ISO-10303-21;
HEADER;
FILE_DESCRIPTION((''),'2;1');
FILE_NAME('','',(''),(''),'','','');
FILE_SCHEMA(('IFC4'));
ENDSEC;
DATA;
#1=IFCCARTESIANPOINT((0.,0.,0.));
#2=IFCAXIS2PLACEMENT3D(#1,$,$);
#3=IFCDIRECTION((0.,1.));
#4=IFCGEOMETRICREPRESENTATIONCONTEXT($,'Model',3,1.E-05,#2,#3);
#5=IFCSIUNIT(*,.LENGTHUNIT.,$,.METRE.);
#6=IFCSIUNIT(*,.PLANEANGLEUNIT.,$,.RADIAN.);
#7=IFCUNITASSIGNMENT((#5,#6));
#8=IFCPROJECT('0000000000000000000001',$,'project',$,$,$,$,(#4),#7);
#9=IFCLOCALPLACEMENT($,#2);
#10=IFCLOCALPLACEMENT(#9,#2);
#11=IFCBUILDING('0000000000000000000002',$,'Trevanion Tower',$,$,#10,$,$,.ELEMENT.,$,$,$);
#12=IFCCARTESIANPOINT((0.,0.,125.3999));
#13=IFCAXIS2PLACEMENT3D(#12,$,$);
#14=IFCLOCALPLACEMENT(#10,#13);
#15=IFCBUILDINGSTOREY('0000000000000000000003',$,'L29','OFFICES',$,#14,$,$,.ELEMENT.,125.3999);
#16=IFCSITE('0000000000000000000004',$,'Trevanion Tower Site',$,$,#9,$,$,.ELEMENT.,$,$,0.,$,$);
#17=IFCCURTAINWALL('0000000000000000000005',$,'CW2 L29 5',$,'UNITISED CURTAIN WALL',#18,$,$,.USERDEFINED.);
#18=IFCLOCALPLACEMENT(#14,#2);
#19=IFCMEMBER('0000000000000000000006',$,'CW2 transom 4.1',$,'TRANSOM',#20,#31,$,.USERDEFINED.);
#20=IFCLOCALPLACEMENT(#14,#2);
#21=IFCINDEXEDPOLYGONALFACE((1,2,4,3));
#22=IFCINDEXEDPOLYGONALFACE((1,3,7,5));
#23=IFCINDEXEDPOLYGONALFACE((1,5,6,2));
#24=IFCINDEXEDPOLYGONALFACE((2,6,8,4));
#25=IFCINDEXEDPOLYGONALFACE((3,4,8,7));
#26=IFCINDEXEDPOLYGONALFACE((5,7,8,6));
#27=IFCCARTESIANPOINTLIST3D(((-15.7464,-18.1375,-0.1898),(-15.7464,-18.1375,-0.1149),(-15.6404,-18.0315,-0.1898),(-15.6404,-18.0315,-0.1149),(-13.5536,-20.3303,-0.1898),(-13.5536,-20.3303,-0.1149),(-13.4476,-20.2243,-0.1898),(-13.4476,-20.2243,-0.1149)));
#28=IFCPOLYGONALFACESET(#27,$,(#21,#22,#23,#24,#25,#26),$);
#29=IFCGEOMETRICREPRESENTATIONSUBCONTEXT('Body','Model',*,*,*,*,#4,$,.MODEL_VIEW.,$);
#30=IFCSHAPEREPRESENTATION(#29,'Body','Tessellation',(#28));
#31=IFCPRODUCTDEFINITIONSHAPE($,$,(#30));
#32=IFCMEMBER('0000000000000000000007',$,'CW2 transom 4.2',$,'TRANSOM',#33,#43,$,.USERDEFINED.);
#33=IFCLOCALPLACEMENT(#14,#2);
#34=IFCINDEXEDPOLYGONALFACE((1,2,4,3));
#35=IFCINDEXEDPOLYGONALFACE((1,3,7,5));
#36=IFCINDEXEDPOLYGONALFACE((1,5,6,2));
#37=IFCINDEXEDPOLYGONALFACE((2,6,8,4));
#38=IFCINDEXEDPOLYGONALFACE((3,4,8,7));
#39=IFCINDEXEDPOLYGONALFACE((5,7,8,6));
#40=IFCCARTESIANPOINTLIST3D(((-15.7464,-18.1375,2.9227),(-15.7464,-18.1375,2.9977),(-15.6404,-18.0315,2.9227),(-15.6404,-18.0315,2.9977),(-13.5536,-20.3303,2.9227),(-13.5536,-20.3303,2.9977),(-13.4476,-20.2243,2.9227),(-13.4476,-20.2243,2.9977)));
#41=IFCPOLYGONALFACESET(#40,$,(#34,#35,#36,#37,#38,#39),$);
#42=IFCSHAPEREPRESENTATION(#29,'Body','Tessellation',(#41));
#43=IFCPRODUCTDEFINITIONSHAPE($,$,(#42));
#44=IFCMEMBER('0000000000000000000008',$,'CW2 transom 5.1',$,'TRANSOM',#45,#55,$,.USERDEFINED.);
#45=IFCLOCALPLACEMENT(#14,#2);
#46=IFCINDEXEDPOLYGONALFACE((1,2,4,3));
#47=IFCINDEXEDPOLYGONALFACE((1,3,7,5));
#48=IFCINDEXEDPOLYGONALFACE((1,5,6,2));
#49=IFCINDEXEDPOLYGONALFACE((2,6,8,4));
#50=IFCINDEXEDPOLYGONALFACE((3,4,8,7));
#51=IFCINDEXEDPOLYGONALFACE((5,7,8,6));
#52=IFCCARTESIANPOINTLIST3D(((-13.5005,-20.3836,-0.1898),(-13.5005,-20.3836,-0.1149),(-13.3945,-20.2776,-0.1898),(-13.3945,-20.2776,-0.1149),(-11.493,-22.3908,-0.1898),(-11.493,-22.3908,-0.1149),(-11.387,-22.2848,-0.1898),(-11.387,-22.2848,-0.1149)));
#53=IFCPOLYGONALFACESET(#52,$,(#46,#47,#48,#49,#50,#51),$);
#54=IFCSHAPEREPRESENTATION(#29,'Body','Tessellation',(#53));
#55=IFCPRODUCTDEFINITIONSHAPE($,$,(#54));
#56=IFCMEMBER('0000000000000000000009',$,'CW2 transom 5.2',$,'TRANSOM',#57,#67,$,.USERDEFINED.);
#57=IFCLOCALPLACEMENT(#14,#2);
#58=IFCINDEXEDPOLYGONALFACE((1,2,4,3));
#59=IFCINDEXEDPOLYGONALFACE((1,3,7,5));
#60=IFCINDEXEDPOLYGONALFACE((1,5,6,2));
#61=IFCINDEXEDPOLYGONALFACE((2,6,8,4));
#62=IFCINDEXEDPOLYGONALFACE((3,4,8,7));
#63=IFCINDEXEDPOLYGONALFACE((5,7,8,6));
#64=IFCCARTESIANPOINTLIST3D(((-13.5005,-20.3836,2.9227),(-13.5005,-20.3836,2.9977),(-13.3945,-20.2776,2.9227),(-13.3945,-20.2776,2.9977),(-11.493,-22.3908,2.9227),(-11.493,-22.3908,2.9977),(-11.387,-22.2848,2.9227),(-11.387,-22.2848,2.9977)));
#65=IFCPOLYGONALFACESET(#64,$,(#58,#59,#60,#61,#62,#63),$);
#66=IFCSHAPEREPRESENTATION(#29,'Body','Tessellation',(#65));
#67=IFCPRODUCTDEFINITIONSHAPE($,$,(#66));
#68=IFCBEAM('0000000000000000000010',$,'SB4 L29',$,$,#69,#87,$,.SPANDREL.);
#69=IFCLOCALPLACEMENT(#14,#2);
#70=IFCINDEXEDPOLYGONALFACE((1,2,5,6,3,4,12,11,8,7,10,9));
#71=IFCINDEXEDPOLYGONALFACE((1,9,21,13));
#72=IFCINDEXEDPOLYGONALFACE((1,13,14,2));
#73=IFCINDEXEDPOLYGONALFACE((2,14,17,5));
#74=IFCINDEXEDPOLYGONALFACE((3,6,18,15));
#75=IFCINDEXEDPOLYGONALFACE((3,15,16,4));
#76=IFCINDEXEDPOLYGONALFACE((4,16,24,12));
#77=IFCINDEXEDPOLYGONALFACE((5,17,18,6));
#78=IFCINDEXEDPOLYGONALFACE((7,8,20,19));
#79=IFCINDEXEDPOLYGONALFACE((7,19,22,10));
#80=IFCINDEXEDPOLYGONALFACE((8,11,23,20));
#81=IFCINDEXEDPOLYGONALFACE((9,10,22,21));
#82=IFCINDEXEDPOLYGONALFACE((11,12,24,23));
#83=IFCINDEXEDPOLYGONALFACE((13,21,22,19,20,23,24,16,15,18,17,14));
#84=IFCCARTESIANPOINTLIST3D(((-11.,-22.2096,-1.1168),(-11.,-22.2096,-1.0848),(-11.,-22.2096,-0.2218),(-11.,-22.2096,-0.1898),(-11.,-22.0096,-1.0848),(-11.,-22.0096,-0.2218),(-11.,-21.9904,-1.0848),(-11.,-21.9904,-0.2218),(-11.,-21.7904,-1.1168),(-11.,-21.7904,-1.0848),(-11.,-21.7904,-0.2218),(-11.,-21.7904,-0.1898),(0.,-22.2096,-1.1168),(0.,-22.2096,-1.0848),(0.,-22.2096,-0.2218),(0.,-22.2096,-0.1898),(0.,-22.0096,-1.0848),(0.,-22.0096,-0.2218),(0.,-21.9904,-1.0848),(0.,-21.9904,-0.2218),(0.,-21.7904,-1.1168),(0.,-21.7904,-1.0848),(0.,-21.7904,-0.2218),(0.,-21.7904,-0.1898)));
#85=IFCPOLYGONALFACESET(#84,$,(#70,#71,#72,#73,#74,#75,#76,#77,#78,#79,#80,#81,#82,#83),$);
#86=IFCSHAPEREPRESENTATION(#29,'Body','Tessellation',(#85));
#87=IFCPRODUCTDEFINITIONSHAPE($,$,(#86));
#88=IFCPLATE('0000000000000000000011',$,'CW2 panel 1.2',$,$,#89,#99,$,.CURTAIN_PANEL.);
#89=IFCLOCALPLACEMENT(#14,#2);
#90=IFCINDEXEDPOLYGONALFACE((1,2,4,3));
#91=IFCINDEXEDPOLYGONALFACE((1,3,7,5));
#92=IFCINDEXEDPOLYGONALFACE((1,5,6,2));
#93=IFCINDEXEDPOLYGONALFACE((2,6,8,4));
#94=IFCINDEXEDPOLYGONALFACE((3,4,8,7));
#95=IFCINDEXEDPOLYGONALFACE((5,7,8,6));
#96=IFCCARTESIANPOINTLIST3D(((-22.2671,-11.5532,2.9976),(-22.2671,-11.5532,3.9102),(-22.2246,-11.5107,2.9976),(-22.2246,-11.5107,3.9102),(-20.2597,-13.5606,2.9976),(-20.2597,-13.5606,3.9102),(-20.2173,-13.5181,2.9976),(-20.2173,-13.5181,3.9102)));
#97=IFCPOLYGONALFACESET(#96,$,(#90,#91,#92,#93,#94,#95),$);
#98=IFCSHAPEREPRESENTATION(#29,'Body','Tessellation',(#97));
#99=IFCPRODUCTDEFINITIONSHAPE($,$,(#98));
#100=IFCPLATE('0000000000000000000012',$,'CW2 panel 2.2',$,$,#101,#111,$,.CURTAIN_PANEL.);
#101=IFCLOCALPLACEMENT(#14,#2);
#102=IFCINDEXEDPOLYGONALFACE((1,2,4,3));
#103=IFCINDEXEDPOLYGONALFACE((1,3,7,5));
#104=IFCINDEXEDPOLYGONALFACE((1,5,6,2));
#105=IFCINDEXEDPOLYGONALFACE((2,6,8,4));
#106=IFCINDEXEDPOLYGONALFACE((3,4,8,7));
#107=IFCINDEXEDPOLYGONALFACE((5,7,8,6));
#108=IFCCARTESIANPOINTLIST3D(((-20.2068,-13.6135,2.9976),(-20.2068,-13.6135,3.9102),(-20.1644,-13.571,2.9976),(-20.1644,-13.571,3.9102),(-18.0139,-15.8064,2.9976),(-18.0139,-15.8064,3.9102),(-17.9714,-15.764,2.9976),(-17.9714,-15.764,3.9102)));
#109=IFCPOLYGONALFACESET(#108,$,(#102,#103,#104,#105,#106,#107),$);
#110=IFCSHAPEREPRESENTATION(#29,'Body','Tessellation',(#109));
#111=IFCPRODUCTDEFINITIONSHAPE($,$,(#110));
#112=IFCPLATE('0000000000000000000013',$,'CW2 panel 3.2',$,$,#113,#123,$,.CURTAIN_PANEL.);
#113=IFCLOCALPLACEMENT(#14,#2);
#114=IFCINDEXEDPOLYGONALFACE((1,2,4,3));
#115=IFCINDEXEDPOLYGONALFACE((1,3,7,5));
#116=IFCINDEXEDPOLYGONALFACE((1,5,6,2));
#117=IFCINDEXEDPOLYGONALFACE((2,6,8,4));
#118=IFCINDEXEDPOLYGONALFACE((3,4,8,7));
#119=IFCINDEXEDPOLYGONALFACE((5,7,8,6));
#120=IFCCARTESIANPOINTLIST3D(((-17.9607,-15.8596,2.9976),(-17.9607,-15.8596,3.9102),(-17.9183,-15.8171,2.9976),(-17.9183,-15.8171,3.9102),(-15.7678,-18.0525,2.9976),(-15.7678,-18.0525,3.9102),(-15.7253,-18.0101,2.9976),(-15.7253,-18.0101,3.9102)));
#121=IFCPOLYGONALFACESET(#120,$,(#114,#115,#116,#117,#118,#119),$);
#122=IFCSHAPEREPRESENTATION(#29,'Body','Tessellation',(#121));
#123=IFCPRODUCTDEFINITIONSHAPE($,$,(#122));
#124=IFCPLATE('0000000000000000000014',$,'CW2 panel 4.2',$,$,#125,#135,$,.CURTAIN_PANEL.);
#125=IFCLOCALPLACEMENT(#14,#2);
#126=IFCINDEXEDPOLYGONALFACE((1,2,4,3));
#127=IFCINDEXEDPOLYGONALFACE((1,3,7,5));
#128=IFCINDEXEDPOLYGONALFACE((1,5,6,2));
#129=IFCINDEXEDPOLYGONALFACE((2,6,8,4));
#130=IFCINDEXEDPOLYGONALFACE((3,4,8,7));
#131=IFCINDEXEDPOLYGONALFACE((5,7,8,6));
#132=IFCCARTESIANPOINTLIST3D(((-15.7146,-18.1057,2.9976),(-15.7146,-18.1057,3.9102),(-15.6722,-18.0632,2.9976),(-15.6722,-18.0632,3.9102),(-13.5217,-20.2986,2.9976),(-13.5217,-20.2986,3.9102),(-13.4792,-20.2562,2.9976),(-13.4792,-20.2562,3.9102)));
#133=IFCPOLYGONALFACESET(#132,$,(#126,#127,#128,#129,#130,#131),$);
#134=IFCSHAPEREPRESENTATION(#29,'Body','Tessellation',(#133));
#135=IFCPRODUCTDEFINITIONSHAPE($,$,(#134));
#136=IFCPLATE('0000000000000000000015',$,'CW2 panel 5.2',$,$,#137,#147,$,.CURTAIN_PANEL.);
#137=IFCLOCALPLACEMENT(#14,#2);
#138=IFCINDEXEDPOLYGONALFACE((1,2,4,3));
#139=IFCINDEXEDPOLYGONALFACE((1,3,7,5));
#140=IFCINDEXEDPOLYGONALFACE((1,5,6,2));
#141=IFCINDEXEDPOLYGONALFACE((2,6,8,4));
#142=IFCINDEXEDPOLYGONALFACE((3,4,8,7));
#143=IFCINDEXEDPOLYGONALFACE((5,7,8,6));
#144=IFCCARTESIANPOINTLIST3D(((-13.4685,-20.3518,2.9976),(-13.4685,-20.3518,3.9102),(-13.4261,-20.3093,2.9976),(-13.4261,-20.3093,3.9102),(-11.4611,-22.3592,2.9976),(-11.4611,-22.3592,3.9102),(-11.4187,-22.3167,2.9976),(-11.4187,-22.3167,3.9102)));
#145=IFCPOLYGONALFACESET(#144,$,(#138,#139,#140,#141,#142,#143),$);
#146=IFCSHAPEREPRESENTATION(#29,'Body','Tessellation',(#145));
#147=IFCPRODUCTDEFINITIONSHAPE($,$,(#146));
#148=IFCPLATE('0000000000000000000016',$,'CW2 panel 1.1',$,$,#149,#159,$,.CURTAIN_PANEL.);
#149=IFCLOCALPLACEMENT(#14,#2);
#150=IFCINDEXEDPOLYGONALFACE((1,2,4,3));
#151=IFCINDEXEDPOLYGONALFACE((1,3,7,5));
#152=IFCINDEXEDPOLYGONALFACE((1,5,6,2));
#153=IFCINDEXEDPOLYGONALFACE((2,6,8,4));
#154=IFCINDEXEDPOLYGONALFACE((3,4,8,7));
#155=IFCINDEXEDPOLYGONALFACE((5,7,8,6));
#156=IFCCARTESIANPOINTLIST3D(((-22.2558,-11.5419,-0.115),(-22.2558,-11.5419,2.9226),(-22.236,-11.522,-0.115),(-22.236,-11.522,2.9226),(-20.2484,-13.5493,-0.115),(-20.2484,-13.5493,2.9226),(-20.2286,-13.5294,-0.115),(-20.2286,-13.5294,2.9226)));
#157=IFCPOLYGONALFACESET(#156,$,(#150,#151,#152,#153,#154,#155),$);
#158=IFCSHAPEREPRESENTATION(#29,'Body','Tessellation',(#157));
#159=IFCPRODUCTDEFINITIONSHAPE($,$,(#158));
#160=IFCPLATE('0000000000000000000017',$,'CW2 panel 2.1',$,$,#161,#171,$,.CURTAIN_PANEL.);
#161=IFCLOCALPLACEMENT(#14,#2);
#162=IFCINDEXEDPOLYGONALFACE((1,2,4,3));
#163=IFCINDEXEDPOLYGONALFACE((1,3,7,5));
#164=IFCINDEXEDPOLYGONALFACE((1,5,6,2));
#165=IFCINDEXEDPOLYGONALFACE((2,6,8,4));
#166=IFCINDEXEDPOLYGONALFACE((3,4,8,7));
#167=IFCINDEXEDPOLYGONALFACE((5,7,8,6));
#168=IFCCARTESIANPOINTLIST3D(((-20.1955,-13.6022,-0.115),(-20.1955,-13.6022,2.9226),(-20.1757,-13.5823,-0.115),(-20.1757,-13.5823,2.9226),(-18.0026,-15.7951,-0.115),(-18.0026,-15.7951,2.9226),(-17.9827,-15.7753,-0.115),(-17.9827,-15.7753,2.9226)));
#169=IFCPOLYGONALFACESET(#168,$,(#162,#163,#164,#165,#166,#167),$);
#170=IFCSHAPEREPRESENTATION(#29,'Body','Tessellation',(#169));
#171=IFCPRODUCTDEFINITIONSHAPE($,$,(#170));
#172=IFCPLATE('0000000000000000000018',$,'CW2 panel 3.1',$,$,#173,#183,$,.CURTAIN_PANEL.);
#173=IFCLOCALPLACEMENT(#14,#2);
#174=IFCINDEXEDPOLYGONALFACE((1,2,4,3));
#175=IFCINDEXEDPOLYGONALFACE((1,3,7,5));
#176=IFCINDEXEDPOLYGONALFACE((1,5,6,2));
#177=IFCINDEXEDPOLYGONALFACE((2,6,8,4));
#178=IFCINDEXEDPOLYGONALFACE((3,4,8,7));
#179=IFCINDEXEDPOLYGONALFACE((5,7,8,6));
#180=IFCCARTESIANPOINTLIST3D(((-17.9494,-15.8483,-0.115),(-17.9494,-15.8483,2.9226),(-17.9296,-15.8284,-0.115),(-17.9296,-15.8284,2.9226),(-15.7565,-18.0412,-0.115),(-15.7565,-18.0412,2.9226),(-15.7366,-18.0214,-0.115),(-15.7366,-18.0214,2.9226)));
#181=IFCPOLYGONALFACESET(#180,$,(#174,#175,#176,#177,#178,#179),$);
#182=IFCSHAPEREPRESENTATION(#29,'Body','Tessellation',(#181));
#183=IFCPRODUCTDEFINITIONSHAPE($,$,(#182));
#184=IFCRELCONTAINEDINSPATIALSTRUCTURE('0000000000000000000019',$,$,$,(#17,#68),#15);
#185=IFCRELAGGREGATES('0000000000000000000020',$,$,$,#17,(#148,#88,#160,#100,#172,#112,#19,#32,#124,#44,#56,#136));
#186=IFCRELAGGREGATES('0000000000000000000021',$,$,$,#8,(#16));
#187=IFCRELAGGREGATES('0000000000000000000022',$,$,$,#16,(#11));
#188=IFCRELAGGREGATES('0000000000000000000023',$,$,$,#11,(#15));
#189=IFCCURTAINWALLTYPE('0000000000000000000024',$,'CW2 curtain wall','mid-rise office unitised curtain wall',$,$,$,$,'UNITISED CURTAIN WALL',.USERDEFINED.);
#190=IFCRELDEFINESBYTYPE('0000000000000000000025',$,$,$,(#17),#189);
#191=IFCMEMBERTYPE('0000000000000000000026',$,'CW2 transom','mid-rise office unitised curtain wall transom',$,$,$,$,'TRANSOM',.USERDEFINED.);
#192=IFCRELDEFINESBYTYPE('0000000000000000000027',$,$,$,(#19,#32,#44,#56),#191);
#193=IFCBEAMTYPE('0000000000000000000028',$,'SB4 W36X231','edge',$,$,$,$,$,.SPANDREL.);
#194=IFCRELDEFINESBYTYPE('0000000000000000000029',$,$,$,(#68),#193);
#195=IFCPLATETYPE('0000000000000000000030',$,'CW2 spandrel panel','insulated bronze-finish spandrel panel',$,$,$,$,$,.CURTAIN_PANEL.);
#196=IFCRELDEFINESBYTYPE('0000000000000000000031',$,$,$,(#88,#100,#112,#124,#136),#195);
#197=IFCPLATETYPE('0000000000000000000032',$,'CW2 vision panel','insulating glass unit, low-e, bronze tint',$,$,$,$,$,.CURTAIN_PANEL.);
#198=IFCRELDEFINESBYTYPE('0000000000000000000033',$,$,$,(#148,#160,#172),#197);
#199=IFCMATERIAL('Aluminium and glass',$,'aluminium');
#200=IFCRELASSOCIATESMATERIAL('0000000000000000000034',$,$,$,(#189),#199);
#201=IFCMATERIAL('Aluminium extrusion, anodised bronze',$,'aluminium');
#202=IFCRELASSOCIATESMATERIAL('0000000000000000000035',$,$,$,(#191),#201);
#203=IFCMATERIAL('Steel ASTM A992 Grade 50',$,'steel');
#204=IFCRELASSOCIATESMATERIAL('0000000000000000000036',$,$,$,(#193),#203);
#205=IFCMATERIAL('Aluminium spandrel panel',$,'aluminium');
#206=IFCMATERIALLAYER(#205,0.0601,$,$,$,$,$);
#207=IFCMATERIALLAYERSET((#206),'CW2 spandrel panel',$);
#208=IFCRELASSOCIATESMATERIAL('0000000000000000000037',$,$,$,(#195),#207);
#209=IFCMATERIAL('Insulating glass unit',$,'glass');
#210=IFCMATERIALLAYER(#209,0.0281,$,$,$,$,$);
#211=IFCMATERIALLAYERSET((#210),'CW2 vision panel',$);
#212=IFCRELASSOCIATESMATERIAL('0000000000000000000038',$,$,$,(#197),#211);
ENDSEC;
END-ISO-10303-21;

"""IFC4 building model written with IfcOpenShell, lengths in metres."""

from ifc_helpers import new_model, si_unit, direction, frame, origin, origin_2d, place, context, subcontext, project, spatial, rectangle, i_section, extrude, material, layer, layer_set, material_profile, profile_set, type_object, element, aggregate, save


model = new_model("IFC4")

# Units and contexts
model_context = context("Model", 3, precision=1e-05, world=origin(), true_north=direction((0.0, 1.0)))
body_context = subcontext(model_context, "Body", "Model", "MODEL_VIEW")
ifc_project = project(units=[si_unit("LENGTHUNIT", "METRE"), si_unit("PLANEANGLEUNIT", "RADIAN")], contexts=[model_context])

# Site, building, storey
site_placement = place(None, origin())
site = spatial("IfcSite", under=ifc_project, at=site_placement, Name="Trevanion Tower Site", CompositionType="ELEMENT", RefElevation=0.0)
building_placement = place(site_placement, origin())
building = spatial("IfcBuilding", under=site, at=building_placement, Name="Trevanion Tower", CompositionType="ELEMENT")
storey_placement = place(building_placement, frame((0.0, 0.0, 125.3999)))
storey = spatial("IfcBuildingStorey", under=building, at=storey_placement, Name="L29", Description="OFFICES", CompositionType="ELEMENT", Elevation=125.3999)

# Curtain wall, members
ifc_material_1 = material(Name="Aluminium and glass", Category="aluminium")
curtain_wall_type = type_object("IfcCurtainWallType", Name="CW2 curtain wall", Description="mid-rise office unitised curtain wall", ElementType="UNITISED CURTAIN WALL", PredefinedType="USERDEFINED", material=ifc_material_1)
curtain_wall_placement = place(storey_placement, origin())
curtain_wall = element("IfcCurtainWall", 1, at=curtain_wall_placement, inside=storey, type_object=curtain_wall_type, Name="CW2 L29 5", ObjectType="UNITISED CURTAIN WALL", PredefinedType="USERDEFINED")
ifc_material_2 = material(Name="Aluminium extrusion, anodised bronze", Category="aluminium")
ifc_material_profile_1 = material_profile(ifc_material_2, rectangle(XDim=0.1499, YDim=0.075, at=origin_2d()), Name="CW2 transom")
ifc_profile_set_1 = profile_set([ifc_material_profile_1], Name="Aluminium extrusion, anodised bronze")
member_type_1 = type_object("IfcMemberType", Name="CW2 transom", Description="mid-rise office unitised curtain wall transom", ElementType="TRANSOM", PredefinedType="USERDEFINED", material=ifc_profile_set_1)
member_1_placement = place(storey_placement, frame((-15.6934, -18.0845, -0.1523), z_axis=(0.707107, -0.707107, 0.0), x_axis=(0.707107, 0.707107, 0.0)))
member_1 = element("IfcMember", 2, at=member_1_placement, type_object=member_type_1, Name="CW2 transom 4.1", ObjectType="TRANSOM", PredefinedType="USERDEFINED", context=body_context, shape_type="SweptSolid", body=[
    extrude(rectangle(XDim=0.1499, YDim=0.075, at=origin_2d()), origin(), (0.0, 0.0, 1.0), 3.1011),
])
member_2_placement = place(storey_placement, frame((-15.6934, -18.0845, 2.9602), z_axis=(0.707107, -0.707107, 0.0), x_axis=(0.707107, 0.707107, 0.0)))
member_2 = element("IfcMember", 3, at=member_2_placement, type_object=member_type_1, Name="CW2 transom 4.2", ObjectType="TRANSOM", PredefinedType="USERDEFINED", context=body_context, shape_type="SweptSolid", body=[
    extrude(rectangle(XDim=0.1499, YDim=0.075, at=origin_2d()), origin(), (0.0, 0.0, 1.0), 3.1011),
])
member_3_placement = place(storey_placement, frame((-13.4475, -20.3306, -0.1523), z_axis=(0.70715, -0.707064, 0.0), x_axis=(0.707064, 0.70715, 0.0)))
member_3 = element("IfcMember", 4, at=member_3_placement, type_object=member_type_1, Name="CW2 transom 5.1", ObjectType="TRANSOM", PredefinedType="USERDEFINED", context=body_context, shape_type="SweptSolid", body=[
    extrude(rectangle(XDim=0.1499, YDim=0.075, at=origin_2d()), origin(), (0.0, 0.0, 1.0), 2.8389),
])
member_4_placement = place(storey_placement, frame((-13.4475, -20.3306, 2.9602), z_axis=(0.70715, -0.707064, 0.0), x_axis=(0.707064, 0.70715, 0.0)))
member_4 = element("IfcMember", 5, at=member_4_placement, type_object=member_type_1, Name="CW2 transom 5.2", ObjectType="TRANSOM", PredefinedType="USERDEFINED", context=body_context, shape_type="SweptSolid", body=[
    extrude(rectangle(XDim=0.1499, YDim=0.075, at=origin_2d()), origin(), (0.0, 0.0, 1.0), 2.8389),
])

# Beam
ifc_material_3 = material(Name="Steel ASTM A992 Grade 50", Category="steel")
ifc_material_profile_2 = material_profile(ifc_material_3, i_section(OverallWidth=0.4192, OverallDepth=0.927, WebThickness=0.0193, FlangeThickness=0.032, at=origin_2d()), Name="W36X231")
ifc_profile_set_2 = profile_set([ifc_material_profile_2], Name="Steel ASTM A992 Grade 50")
beam_type_1 = type_object("IfcBeamType", Name="SB4 W36X231", Description="edge", PredefinedType="SPANDREL", material=ifc_profile_set_2)
beam_1_placement = place(storey_placement, frame((-11.0, -22.0, -0.6533), z_axis=(1.0, 0.0, 0.0), x_axis=(0.0, 1.0, 0.0)))
element("IfcBeam", 6, at=beam_1_placement, inside=storey, type_object=beam_type_1, Name="SB4 L29", PredefinedType="SPANDREL", context=body_context, shape_type="SweptSolid", body=[
    extrude(i_section(OverallWidth=0.4192, OverallDepth=0.927, WebThickness=0.0193, FlangeThickness=0.032, at=origin_2d()), origin(), (0.0, 0.0, 1.0), 11.0),
])

# Plates
ifc_material_4 = material(Name="Aluminium spandrel panel", Category="aluminium")
ifc_layer_1 = layer(ifc_material_4, 0.0601)
ifc_layer_set_1 = layer_set([ifc_layer_1], Name="CW2 spandrel panel")
plate_type_1 = type_object("IfcPlateType", Name="CW2 spandrel panel", Description="insulated bronze-finish spandrel panel", PredefinedType="CURTAIN_PANEL", material=ifc_layer_set_1)
plate_1_placement = place(storey_placement, frame((-21.2422, -12.5356, 2.9976), z_axis=(0.0, 0.0, 1.0), x_axis=(0.707107, -0.707107, 0.0)))
plate_1 = element("IfcPlate", 7, at=plate_1_placement, type_object=plate_type_1, Name="CW2 panel 1.2", PredefinedType="CURTAIN_PANEL", context=body_context, shape_type="SweptSolid", body=[
    extrude(rectangle(XDim=2.8389, YDim=0.0601, at=origin_2d()), origin(), (0.0, 0.0, 1.0), 0.9126),
])
plate_2_placement = place(storey_placement, frame((-19.0891, -14.6887, 2.9976), z_axis=(0.0, 0.0, 1.0), x_axis=(0.707107, -0.707107, 0.0)))
plate_2 = element("IfcPlate", 8, at=plate_2_placement, type_object=plate_type_1, Name="CW2 panel 2.2", PredefinedType="CURTAIN_PANEL", context=body_context, shape_type="SweptSolid", body=[
    extrude(rectangle(XDim=3.1013, YDim=0.0601, at=origin_2d()), origin(), (0.0, 0.0, 1.0), 0.9126),
])
plate_3_placement = place(storey_placement, frame((-16.843, -16.9348, 2.9976), z_axis=(0.0, 0.0, 1.0), x_axis=(0.707107, -0.707107, 0.0)))
plate_3 = element("IfcPlate", 9, at=plate_3_placement, type_object=plate_type_1, Name="CW2 panel 3.2", PredefinedType="CURTAIN_PANEL", context=body_context, shape_type="SweptSolid", body=[
    extrude(rectangle(XDim=3.1013, YDim=0.0601, at=origin_2d()), origin(), (0.0, 0.0, 1.0), 0.9126),
])
plate_4_placement = place(storey_placement, frame((-14.5969, -19.1809, 2.9976), z_axis=(0.0, 0.0, 1.0), x_axis=(0.707107, -0.707107, 0.0)))
plate_4 = element("IfcPlate", 10, at=plate_4_placement, type_object=plate_type_1, Name="CW2 panel 4.2", PredefinedType="CURTAIN_PANEL", context=body_context, shape_type="SweptSolid", body=[
    extrude(rectangle(XDim=3.1013, YDim=0.0601, at=origin_2d()), origin(), (0.0, 0.0, 1.0), 0.9126),
])
plate_5_placement = place(storey_placement, frame((-12.4436, -21.3342, 2.9976), z_axis=(0.0, 0.0, 1.0), x_axis=(0.707107, -0.707107, 0.0)))
plate_5 = element("IfcPlate", 11, at=plate_5_placement, type_object=plate_type_1, Name="CW2 panel 5.2", PredefinedType="CURTAIN_PANEL", context=body_context, shape_type="SweptSolid", body=[
    extrude(rectangle(XDim=2.8389, YDim=0.0601, at=origin_2d()), origin(), (0.0, 0.0, 1.0), 0.9126),
])
ifc_material_5 = material(Name="Insulating glass unit", Category="glass")
ifc_layer_2 = layer(ifc_material_5, 0.0281)
ifc_layer_set_2 = layer_set([ifc_layer_2], Name="CW2 vision panel")
plate_type_2 = type_object("IfcPlateType", Name="CW2 vision panel", Description="insulating glass unit, low-e, bronze tint", PredefinedType="CURTAIN_PANEL", material=ifc_layer_set_2)
plate_6_placement = place(storey_placement, frame((-21.2422, -12.5356, -0.115), z_axis=(0.0, 0.0, 1.0), x_axis=(0.707107, -0.707107, 0.0)))
plate_6 = element("IfcPlate", 12, at=plate_6_placement, type_object=plate_type_2, Name="CW2 panel 1.1", PredefinedType="CURTAIN_PANEL", context=body_context, shape_type="SweptSolid", body=[
    extrude(rectangle(XDim=2.8389, YDim=0.0281, at=origin_2d()), origin(), (0.0, 0.0, 1.0), 3.0376),
])
plate_7_placement = place(storey_placement, frame((-19.0891, -14.6887, -0.115), z_axis=(0.0, 0.0, 1.0), x_axis=(0.707107, -0.707107, 0.0)))
plate_7 = element("IfcPlate", 13, at=plate_7_placement, type_object=plate_type_2, Name="CW2 panel 2.1", PredefinedType="CURTAIN_PANEL", context=body_context, shape_type="SweptSolid", body=[
    extrude(rectangle(XDim=3.1013, YDim=0.0281, at=origin_2d()), origin(), (0.0, 0.0, 1.0), 3.0376),
])
plate_8_placement = place(storey_placement, frame((-16.843, -16.9348, -0.115), z_axis=(0.0, 0.0, 1.0), x_axis=(0.707107, -0.707107, 0.0)))
plate_8 = element("IfcPlate", 14, at=plate_8_placement, type_object=plate_type_2, Name="CW2 panel 3.1", PredefinedType="CURTAIN_PANEL", context=body_context, shape_type="SweptSolid", body=[
    extrude(rectangle(XDim=3.1013, YDim=0.0281, at=origin_2d()), origin(), (0.0, 0.0, 1.0), 3.0376),
])
aggregate(curtain_wall, [plate_6, plate_1, plate_7, plate_2, plate_8, plate_3, member_1, member_2, plate_4, member_3, member_4, plate_5])

save(model, "model.ifc")
